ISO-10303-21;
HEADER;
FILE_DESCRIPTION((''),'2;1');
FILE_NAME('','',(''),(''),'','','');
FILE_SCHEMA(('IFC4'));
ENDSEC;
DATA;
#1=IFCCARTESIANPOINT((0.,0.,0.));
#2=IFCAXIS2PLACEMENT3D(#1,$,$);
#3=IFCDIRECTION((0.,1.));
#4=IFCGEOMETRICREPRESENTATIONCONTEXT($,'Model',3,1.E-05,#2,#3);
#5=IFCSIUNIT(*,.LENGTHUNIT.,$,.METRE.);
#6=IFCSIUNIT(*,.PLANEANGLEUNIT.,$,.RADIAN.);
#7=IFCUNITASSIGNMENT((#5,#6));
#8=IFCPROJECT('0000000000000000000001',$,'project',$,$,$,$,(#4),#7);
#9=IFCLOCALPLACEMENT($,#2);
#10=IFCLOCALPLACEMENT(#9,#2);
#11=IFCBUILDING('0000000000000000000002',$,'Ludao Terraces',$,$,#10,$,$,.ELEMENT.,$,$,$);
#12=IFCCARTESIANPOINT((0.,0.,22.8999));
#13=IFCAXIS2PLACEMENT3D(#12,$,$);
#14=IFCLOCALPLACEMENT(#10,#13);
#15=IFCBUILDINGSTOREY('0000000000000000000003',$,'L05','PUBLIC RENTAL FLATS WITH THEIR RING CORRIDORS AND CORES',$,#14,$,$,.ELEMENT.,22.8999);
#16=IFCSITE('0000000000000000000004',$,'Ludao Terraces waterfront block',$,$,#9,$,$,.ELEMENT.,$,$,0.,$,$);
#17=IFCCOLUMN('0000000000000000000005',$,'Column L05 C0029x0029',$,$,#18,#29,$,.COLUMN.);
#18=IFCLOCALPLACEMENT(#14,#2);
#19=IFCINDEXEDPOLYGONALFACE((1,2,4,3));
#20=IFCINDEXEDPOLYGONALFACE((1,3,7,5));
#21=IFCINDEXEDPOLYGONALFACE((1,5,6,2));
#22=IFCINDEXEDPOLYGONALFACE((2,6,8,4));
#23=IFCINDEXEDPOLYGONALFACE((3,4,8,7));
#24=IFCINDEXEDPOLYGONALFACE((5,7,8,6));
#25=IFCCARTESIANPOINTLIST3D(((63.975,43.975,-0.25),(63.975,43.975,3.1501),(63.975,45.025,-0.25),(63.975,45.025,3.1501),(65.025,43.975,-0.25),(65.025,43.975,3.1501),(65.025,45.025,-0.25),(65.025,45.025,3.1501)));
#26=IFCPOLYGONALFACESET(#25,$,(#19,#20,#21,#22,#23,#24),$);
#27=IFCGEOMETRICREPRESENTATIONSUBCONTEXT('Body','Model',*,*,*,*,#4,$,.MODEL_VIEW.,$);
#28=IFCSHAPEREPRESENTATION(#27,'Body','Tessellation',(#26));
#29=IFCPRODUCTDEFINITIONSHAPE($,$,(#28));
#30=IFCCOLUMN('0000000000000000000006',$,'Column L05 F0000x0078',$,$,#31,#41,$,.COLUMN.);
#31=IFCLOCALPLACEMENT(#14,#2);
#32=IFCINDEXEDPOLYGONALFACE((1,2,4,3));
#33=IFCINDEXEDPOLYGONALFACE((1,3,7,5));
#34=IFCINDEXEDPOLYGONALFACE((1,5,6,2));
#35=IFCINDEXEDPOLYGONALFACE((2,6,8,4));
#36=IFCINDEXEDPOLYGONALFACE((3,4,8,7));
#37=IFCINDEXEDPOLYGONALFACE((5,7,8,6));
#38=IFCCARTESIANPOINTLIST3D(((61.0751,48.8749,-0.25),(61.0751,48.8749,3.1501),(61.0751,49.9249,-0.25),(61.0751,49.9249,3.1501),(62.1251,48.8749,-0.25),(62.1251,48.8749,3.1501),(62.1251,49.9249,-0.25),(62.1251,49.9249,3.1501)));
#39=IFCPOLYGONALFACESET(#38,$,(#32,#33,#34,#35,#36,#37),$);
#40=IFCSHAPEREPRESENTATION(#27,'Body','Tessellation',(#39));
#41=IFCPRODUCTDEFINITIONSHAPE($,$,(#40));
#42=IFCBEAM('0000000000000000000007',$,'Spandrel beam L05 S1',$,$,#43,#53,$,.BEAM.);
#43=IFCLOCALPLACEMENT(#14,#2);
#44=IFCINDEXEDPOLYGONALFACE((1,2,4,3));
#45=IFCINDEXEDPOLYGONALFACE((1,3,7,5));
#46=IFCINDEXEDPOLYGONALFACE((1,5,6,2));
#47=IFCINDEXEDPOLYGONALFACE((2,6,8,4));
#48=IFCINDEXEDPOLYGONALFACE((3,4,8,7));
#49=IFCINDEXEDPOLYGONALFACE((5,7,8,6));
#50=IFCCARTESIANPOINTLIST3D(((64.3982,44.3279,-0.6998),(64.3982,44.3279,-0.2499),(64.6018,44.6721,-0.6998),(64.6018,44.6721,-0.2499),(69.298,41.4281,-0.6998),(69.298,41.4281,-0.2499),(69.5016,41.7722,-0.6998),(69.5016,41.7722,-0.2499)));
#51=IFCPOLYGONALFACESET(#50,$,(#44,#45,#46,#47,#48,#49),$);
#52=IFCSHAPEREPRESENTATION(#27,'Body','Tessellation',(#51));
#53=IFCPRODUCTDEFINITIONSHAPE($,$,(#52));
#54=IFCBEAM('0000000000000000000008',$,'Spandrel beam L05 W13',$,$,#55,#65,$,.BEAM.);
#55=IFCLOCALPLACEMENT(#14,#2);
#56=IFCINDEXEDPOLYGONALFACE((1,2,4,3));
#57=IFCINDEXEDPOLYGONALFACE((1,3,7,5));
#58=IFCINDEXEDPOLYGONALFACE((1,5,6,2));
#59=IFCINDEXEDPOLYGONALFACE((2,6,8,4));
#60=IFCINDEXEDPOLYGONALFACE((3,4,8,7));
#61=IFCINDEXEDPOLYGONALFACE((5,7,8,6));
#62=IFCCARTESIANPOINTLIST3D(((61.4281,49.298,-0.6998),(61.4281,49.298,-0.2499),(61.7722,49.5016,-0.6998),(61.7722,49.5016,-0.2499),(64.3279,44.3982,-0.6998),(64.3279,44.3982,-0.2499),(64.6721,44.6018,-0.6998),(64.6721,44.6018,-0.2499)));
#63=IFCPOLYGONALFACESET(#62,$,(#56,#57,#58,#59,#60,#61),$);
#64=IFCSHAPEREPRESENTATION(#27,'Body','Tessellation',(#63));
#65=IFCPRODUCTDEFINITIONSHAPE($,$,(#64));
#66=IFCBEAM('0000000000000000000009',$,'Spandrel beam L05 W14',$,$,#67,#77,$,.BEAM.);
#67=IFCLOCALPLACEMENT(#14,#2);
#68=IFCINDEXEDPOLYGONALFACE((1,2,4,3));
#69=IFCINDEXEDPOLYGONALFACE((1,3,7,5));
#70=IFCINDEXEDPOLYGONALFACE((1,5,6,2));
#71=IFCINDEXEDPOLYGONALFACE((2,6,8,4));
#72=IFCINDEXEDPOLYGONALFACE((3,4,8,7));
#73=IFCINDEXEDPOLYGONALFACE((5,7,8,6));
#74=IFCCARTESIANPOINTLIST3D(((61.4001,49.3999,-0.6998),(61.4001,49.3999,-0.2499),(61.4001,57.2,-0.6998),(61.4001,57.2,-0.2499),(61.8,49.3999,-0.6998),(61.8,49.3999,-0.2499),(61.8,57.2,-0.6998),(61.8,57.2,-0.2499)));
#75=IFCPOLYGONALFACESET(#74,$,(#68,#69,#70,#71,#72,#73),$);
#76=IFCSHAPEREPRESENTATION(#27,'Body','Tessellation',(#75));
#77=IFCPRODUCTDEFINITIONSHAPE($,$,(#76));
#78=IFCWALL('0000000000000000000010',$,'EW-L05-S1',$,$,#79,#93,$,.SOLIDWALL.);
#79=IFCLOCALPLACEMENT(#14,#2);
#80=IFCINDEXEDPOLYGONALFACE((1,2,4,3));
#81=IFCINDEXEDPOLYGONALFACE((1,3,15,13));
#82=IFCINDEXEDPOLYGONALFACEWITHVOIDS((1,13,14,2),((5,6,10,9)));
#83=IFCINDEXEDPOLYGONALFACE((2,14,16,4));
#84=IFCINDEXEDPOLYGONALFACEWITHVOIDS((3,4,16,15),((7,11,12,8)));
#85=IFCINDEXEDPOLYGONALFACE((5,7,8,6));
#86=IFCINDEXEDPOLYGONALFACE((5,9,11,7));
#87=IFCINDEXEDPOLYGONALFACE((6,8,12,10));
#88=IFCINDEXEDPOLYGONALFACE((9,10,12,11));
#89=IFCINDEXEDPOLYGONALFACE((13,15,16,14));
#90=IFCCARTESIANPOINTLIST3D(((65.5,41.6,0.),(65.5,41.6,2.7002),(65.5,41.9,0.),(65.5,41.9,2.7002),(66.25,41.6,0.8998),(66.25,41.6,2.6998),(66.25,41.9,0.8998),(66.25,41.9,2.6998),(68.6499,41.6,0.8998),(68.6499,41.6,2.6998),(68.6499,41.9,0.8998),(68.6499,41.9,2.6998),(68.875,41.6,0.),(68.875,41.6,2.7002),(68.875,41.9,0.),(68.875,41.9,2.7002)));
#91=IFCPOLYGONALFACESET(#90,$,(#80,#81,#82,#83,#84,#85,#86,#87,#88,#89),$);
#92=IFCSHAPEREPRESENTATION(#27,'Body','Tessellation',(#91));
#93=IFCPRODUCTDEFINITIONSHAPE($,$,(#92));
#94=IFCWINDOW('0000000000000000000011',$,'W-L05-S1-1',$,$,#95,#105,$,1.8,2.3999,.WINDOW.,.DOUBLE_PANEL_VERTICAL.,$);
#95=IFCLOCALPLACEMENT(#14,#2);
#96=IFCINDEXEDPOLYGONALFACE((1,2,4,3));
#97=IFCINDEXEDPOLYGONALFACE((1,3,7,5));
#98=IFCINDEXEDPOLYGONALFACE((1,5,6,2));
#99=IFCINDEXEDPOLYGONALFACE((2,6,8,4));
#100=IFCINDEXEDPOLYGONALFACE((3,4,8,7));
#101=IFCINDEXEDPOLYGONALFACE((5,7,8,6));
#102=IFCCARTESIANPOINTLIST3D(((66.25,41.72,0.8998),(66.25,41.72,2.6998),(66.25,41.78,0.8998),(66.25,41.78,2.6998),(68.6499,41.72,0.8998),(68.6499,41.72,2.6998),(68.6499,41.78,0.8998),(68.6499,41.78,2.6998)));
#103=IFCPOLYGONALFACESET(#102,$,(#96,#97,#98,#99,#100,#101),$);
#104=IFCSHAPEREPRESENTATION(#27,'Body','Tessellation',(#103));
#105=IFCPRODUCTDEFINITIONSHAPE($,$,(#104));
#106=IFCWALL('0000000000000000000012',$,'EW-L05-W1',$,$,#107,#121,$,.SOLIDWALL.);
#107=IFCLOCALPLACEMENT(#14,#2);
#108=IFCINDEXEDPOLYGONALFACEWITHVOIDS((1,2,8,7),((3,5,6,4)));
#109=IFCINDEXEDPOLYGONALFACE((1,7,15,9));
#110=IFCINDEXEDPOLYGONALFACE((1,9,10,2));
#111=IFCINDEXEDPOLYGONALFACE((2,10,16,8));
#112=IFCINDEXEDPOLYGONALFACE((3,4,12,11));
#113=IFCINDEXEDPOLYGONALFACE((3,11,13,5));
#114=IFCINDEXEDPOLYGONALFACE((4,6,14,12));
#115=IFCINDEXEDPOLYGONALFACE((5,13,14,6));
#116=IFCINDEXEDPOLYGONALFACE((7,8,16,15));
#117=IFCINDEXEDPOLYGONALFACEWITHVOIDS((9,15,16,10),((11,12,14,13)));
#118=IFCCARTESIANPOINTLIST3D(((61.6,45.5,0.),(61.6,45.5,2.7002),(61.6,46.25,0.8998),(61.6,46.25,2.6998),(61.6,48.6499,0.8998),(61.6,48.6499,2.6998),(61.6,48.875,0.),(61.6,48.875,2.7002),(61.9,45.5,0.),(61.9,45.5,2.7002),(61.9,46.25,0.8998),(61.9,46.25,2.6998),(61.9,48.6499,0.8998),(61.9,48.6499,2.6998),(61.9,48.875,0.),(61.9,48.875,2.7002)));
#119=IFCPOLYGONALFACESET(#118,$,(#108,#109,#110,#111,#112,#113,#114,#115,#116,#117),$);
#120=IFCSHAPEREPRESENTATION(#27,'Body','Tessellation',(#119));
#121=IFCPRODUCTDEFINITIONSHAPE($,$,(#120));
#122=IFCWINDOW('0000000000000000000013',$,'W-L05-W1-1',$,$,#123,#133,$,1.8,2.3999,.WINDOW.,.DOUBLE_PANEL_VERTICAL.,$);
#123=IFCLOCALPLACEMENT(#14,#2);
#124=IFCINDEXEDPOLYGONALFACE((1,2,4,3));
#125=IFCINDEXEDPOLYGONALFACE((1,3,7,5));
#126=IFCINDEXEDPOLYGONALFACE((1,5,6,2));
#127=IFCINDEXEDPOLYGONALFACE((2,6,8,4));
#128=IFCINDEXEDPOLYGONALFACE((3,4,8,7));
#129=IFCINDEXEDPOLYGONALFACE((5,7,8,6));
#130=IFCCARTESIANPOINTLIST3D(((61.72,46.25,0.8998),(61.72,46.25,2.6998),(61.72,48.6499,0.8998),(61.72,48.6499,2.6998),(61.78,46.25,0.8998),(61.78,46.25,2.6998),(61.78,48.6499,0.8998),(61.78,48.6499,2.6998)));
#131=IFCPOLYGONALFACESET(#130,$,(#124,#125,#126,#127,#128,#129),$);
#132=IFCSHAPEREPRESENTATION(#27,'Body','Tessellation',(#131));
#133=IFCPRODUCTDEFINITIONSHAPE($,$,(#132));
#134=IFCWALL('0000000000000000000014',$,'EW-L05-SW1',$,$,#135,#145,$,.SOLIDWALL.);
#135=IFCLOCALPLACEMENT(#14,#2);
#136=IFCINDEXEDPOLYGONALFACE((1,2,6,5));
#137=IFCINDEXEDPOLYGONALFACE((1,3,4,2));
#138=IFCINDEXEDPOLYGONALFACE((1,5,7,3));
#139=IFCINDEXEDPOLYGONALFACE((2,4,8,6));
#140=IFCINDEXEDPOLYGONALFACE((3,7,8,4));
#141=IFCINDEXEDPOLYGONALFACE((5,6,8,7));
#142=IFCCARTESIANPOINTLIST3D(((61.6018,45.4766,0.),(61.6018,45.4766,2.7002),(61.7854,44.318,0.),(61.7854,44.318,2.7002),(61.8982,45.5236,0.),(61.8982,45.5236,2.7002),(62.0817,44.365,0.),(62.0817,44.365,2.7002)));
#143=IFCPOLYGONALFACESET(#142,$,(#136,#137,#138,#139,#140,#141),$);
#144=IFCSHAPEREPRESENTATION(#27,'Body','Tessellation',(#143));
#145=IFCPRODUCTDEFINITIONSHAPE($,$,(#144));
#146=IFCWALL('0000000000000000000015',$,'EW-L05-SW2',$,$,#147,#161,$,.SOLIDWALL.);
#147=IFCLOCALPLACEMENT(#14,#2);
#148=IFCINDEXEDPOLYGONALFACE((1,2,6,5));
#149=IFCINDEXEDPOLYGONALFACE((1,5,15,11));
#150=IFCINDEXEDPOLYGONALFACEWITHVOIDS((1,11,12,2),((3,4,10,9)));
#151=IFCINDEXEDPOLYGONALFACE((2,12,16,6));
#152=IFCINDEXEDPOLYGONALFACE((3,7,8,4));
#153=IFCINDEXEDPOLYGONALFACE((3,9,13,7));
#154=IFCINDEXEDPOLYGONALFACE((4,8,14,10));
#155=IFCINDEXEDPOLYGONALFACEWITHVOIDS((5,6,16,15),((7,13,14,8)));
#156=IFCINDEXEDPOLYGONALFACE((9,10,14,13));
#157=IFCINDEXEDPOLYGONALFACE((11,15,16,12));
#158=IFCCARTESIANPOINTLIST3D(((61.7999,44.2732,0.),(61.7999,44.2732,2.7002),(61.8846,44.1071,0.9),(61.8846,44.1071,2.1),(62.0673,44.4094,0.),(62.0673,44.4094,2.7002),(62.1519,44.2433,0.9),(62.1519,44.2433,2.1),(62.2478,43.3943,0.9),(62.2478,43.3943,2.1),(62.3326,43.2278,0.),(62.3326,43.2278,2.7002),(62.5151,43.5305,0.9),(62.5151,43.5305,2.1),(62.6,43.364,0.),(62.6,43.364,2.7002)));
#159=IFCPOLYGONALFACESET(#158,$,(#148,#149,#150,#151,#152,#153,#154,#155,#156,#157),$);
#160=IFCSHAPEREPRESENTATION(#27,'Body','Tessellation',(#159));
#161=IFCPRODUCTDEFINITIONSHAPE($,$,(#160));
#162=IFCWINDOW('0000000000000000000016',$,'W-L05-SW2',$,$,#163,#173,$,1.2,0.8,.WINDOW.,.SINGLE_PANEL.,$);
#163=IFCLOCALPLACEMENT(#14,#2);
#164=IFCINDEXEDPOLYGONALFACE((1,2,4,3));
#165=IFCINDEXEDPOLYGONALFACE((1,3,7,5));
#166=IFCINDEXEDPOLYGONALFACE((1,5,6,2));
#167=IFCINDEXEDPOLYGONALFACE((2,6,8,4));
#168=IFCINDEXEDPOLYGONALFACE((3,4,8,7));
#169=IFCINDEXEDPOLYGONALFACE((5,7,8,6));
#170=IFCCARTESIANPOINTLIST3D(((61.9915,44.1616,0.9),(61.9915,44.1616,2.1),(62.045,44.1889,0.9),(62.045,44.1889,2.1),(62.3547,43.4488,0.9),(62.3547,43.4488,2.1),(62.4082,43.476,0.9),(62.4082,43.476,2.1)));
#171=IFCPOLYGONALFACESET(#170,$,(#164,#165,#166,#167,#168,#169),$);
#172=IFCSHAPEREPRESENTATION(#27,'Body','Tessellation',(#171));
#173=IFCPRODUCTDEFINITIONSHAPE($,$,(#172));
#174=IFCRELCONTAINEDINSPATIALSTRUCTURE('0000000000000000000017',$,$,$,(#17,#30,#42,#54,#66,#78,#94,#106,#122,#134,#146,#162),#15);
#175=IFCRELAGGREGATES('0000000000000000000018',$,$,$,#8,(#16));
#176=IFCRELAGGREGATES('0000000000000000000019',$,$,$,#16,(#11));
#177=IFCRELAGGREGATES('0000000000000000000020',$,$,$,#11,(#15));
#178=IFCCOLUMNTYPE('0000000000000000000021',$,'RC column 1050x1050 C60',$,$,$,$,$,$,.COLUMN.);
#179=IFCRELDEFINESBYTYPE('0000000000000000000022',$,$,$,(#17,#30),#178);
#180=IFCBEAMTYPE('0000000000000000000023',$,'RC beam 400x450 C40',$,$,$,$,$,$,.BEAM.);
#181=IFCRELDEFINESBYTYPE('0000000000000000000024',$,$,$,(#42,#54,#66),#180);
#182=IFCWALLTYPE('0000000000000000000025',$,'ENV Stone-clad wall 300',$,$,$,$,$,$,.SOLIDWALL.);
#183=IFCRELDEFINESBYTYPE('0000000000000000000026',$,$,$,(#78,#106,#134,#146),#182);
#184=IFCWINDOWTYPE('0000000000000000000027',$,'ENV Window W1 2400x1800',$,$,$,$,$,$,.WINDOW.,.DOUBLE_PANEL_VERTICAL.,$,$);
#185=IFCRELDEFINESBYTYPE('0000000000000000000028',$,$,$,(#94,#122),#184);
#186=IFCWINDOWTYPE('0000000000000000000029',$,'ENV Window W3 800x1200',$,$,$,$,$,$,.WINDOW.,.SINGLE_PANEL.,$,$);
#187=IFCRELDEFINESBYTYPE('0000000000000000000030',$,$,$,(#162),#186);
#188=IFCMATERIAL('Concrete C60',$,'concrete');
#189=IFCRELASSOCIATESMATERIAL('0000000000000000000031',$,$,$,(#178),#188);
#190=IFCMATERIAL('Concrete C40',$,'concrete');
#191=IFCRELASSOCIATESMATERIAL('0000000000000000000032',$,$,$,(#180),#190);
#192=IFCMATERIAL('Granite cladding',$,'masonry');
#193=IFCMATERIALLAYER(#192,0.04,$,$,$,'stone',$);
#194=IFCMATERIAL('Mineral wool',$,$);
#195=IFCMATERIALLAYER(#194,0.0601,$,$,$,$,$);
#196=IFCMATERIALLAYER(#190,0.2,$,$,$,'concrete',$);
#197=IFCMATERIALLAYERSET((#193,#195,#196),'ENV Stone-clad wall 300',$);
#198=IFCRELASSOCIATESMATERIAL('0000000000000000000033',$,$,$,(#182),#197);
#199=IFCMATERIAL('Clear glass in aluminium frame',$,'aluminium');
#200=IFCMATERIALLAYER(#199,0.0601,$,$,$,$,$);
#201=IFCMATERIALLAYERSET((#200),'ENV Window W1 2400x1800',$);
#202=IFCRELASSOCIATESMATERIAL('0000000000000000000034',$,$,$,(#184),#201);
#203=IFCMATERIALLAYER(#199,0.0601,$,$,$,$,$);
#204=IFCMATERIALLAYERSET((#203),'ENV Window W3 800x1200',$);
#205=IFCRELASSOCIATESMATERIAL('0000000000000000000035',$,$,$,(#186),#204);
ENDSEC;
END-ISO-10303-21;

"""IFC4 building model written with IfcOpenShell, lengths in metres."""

from ifc_helpers import new_model, si_unit, direction, frame, frame_2d, origin, origin_2d, place, context, subcontext, project, spatial, rectangle, extrude, material, layer, layer_set, material_profile, profile_set, type_object, element, fill, save


model = new_model("IFC4")

# Units and contexts
model_context = context("Model", 3, precision=1e-05, world=origin(), true_north=direction((0.0, 1.0)))
body_context = subcontext(model_context, "Body", "Model", "MODEL_VIEW")
ifc_project = project(units=[si_unit("LENGTHUNIT", "METRE"), si_unit("PLANEANGLEUNIT", "RADIAN")], contexts=[model_context])

# Site, building, storey
site_placement = place(None, origin())
site = spatial("IfcSite", under=ifc_project, at=site_placement, Name="Ludao Terraces waterfront block", CompositionType="ELEMENT", RefElevation=0.0)
building_placement = place(site_placement, origin())
building = spatial("IfcBuilding", under=site, at=building_placement, Name="Ludao Terraces", CompositionType="ELEMENT")
storey_placement = place(building_placement, frame((0.0, 0.0, 22.8999)))
storey = spatial("IfcBuildingStorey", under=building, at=storey_placement, Name="L05", Description="PUBLIC RENTAL FLATS WITH THEIR RING CORRIDORS AND CORES", CompositionType="ELEMENT", Elevation=22.8999)

# Columns
ifc_material_1 = material(Name="Concrete C60", Category="concrete")
ifc_material_profile_1 = material_profile(ifc_material_1, rectangle(XDim=1.05, YDim=1.05, at=origin_2d()), Name="1050 X 1050")
ifc_profile_set_1 = profile_set([ifc_material_profile_1], Name="Concrete C60")
column_type = type_object("IfcColumnType", Name="RC column 1050x1050 C60", PredefinedType="COLUMN", material=ifc_profile_set_1)
for number, where, z_axis, x_axis, name in (
    (1, (64.5, 44.5, -0.25), (0.0, 0.0, 1.0), (1.0, 0.0, 0.0), "Column L05 C0029x0029"),
    (2, (61.6001, 49.3999, -0.25), (0.0, 0.0, 1.0), (1.0, 0.0, 0.0), "Column L05 F0000x0078"),
):
    element("IfcColumn", number, at=place(storey_placement, frame(where, z_axis=z_axis, x_axis=x_axis)), inside=storey, type_object=column_type, Name=name, PredefinedType="COLUMN", context=body_context, shape_type="SweptSolid", body=[
        extrude(rectangle(XDim=1.05, YDim=1.05, at=origin_2d()), origin(), (0.0, 0.0, 1.0), 3.4001),
    ])

# Beams
ifc_material_2 = material(Name="Concrete C40", Category="concrete")
ifc_material_profile_2 = material_profile(ifc_material_2, rectangle(XDim=0.3999, YDim=0.45, at=origin_2d()), Name="400 X 450")
ifc_profile_set_2 = profile_set([ifc_material_profile_2], Name="Concrete C40")
beam_type = type_object("IfcBeamType", Name="RC beam 400x450 C40", PredefinedType="BEAM", material=ifc_profile_set_2)
for number, where, z_axis, x_axis, name in (
    (3, (64.5, 44.5, -0.4749), (0.86058, -0.509316, 0.0), (0.509316, 0.86058, 0.0), "Spandrel beam L05 S1"),
    (4, (64.5, 44.5, -0.4749), (-0.509316, 0.86058, 0.0), (-0.86058, -0.509316, 0.0), "Spandrel beam L05 W13"),
):
    element("IfcBeam", number, at=place(storey_placement, frame(where, z_axis=z_axis, x_axis=x_axis)), inside=storey, type_object=beam_type, Name=name, PredefinedType="BEAM", context=body_context, shape_type="SweptSolid", body=[
        extrude(rectangle(XDim=0.3999, YDim=0.45, at=origin_2d()), origin(), (0.0, 0.0, 1.0), 5.6936),
    ])
beam_placement = place(storey_placement, frame((61.6001, 49.3999, -0.4749), z_axis=(0.0, 1.0, 0.0), x_axis=(-1.0, 0.0, 0.0)))
element("IfcBeam", 5, at=beam_placement, inside=storey, type_object=beam_type, Name="Spandrel beam L05 W14", PredefinedType="BEAM", context=body_context, shape_type="SweptSolid", body=[
    extrude(rectangle(XDim=0.3999, YDim=0.45, at=origin_2d()), origin(), (0.0, 0.0, 1.0), 7.8),
])

# Walls, openings, windows
ifc_material_3 = material(Name="Granite cladding", Category="masonry")
ifc_layer_1 = layer(ifc_material_3, 0.04, Category="stone")
ifc_material_4 = material(Name="Mineral wool")
ifc_layer_2 = layer(ifc_material_4, 0.0601)
ifc_layer_3 = layer(ifc_material_2, 0.2, Category="concrete")
ifc_layer_set_1 = layer_set([ifc_layer_1, ifc_layer_2, ifc_layer_3], Name="ENV Stone-clad wall 300")
wall_type_1 = type_object("IfcWallType", Name="ENV Stone-clad wall 300", PredefinedType="SOLIDWALL", material=ifc_layer_set_1)
wall_1_placement = place(storey_placement, frame((65.5, 41.75, 0.0), z_axis=(0.0, 0.0, 1.0), x_axis=(1.0, 0.0, 0.0)))
wall_1 = element("IfcWall", 6, at=wall_1_placement, inside=storey, type_object=wall_type_1, Name="EW-L05-S1", PredefinedType="SOLIDWALL", context=body_context, shape_type="SweptSolid", body=[
    extrude(rectangle(XDim=3.375, YDim=0.3, at=frame_2d((1.6875, 0.0))), origin(), (0.0, 0.0, 1.0), 2.7002),
])
opening_1_placement = place(wall_1_placement, frame((0.75, 0.0, 0.8999)))
opening_1 = element("IfcOpeningElement", 7, at=opening_1_placement, cuts=wall_1, PredefinedType="OPENING", context=body_context, shape_type="SweptSolid", body=[
    extrude(rectangle(XDim=2.3999, YDim=1.8, at=frame_2d((1.2, 0.8999))), frame((0.0, 0.1602, 0.0), z_axis=(0.0, -1.0, 0.0), x_axis=(1.0, 0.0, 0.0)), (0.0, 0.0, 1.0), 0.3201),
])
ifc_material_5 = material(Name="Clear glass in aluminium frame", Category="aluminium")
ifc_layer_4 = layer(ifc_material_5, 0.0601)
ifc_layer_set_2 = layer_set([ifc_layer_4], Name="ENV Window W1 2400x1800")
window_type_1 = type_object("IfcWindowType", Name="ENV Window W1 2400x1800", PartitioningType="DOUBLE_PANEL_VERTICAL", PredefinedType="WINDOW", material=ifc_layer_set_2)
window_1_placement = place(opening_1_placement, origin())
window_1 = element("IfcWindow", 8, at=window_1_placement, inside=storey, type_object=window_type_1, Name="W-L05-S1-1", OverallHeight=1.8, OverallWidth=2.3999, PartitioningType="DOUBLE_PANEL_VERTICAL", PredefinedType="WINDOW", context=body_context, shape_type="SweptSolid", body=[
    extrude(rectangle(XDim=2.3999, YDim=1.8, at=frame_2d((1.2, 0.8999))), frame((0.0, 0.03, 0.0), z_axis=(0.0, -1.0, 0.0), x_axis=(1.0, 0.0, 0.0)), (0.0, 0.0, 1.0), 0.0601),
])
fill(opening_1, window_1)
wall_2_placement = place(storey_placement, frame((61.75, 45.5, 0.0), z_axis=(0.0, 0.0, 1.0), x_axis=(0.0, 1.0, 0.0)))
wall_2 = element("IfcWall", 9, at=wall_2_placement, inside=storey, type_object=wall_type_1, Name="EW-L05-W1", PredefinedType="SOLIDWALL", context=body_context, shape_type="SweptSolid", body=[
    extrude(rectangle(XDim=3.375, YDim=0.3, at=frame_2d((1.6875, 0.0))), origin(), (0.0, 0.0, 1.0), 2.7002),
])
opening_2_placement = place(wall_2_placement, frame((0.75, 0.0, 0.8999)))
opening_2 = element("IfcOpeningElement", 10, at=opening_2_placement, cuts=wall_2, PredefinedType="OPENING", context=body_context, shape_type="SweptSolid", body=[
    extrude(rectangle(XDim=2.3999, YDim=1.8, at=frame_2d((1.2, 0.8999))), frame((0.0, 0.1602, 0.0), z_axis=(0.0, -1.0, 0.0), x_axis=(1.0, 0.0, 0.0)), (0.0, 0.0, 1.0), 0.3201),
])
window_2_placement = place(opening_2_placement, origin())
window_2 = element("IfcWindow", 11, at=window_2_placement, inside=storey, type_object=window_type_1, Name="W-L05-W1-1", OverallHeight=1.8, OverallWidth=2.3999, PartitioningType="DOUBLE_PANEL_VERTICAL", PredefinedType="WINDOW", context=body_context, shape_type="SweptSolid", body=[
    extrude(rectangle(XDim=2.3999, YDim=1.8, at=frame_2d((1.2, 0.8999))), frame((0.0, 0.03, 0.0), z_axis=(0.0, -1.0, 0.0), x_axis=(1.0, 0.0, 0.0)), (0.0, 0.0, 1.0), 0.0601),
])
fill(opening_2, window_2)

# Wall
wall_3_placement = place(storey_placement, frame((61.75, 45.5, 0.0), z_axis=(0.0, 0.0, 1.0), x_axis=(0.156497, -0.987678, 0.0)))
element("IfcWall", 12, at=wall_3_placement, inside=storey, type_object=wall_type_1, Name="EW-L05-SW1", PredefinedType="SOLIDWALL", context=body_context, shape_type="SweptSolid", body=[
    extrude(rectangle(XDim=1.1731, YDim=0.3, at=frame_2d((0.5864, 0.0))), origin(), (0.0, 0.0, 1.0), 2.7002),
])

# Wall, opening, window
wall_4_placement = place(storey_placement, frame((61.9336, 44.3413, 0.0), z_axis=(0.0, 0.0, 1.0), x_axis=(0.454026, -0.890989, 0.0)))
wall_4 = element("IfcWall", 13, at=wall_4_placement, inside=storey, type_object=wall_type_1, Name="EW-L05-SW2", PredefinedType="SOLIDWALL", context=body_context, shape_type="SweptSolid", body=[
    extrude(rectangle(XDim=1.1733, YDim=0.3, at=frame_2d((0.5867, 0.0))), origin(), (0.0, 0.0, 1.0), 2.7002),
])
opening_3_placement = place(wall_4_placement, frame((0.1865, 0.0, 0.8999)))
opening_3 = element("IfcOpeningElement", 14, at=opening_3_placement, cuts=wall_4, PredefinedType="OPENING", context=body_context, shape_type="SweptSolid", body=[
    extrude(rectangle(XDim=0.8, YDim=1.2, at=frame_2d((0.3999, 0.6001))), frame((0.0, 0.1602, 0.0), z_axis=(0.0, -1.0, 0.0), x_axis=(1.0, 0.0, 0.0)), (0.0, 0.0, 1.0), 0.3201),
])
ifc_layer_5 = layer(ifc_material_5, 0.0601)
ifc_layer_set_3 = layer_set([ifc_layer_5], Name="ENV Window W3 800x1200")
window_type_2 = type_object("IfcWindowType", Name="ENV Window W3 800x1200", PartitioningType="SINGLE_PANEL", PredefinedType="WINDOW", material=ifc_layer_set_3)
window_3_placement = place(opening_3_placement, origin())
window_3 = element("IfcWindow", 15, at=window_3_placement, inside=storey, type_object=window_type_2, Name="W-L05-SW2", OverallHeight=1.2, OverallWidth=0.8, PartitioningType="SINGLE_PANEL", PredefinedType="WINDOW", context=body_context, shape_type="SweptSolid", body=[
    extrude(rectangle(XDim=0.8, YDim=1.2, at=frame_2d((0.3999, 0.6001))), frame((0.0, 0.03, 0.0), z_axis=(0.0, -1.0, 0.0), x_axis=(1.0, 0.0, 0.0)), (0.0, 0.0, 1.0), 0.0601),
])
fill(opening_3, window_3)

save(model, "model.ifc")
